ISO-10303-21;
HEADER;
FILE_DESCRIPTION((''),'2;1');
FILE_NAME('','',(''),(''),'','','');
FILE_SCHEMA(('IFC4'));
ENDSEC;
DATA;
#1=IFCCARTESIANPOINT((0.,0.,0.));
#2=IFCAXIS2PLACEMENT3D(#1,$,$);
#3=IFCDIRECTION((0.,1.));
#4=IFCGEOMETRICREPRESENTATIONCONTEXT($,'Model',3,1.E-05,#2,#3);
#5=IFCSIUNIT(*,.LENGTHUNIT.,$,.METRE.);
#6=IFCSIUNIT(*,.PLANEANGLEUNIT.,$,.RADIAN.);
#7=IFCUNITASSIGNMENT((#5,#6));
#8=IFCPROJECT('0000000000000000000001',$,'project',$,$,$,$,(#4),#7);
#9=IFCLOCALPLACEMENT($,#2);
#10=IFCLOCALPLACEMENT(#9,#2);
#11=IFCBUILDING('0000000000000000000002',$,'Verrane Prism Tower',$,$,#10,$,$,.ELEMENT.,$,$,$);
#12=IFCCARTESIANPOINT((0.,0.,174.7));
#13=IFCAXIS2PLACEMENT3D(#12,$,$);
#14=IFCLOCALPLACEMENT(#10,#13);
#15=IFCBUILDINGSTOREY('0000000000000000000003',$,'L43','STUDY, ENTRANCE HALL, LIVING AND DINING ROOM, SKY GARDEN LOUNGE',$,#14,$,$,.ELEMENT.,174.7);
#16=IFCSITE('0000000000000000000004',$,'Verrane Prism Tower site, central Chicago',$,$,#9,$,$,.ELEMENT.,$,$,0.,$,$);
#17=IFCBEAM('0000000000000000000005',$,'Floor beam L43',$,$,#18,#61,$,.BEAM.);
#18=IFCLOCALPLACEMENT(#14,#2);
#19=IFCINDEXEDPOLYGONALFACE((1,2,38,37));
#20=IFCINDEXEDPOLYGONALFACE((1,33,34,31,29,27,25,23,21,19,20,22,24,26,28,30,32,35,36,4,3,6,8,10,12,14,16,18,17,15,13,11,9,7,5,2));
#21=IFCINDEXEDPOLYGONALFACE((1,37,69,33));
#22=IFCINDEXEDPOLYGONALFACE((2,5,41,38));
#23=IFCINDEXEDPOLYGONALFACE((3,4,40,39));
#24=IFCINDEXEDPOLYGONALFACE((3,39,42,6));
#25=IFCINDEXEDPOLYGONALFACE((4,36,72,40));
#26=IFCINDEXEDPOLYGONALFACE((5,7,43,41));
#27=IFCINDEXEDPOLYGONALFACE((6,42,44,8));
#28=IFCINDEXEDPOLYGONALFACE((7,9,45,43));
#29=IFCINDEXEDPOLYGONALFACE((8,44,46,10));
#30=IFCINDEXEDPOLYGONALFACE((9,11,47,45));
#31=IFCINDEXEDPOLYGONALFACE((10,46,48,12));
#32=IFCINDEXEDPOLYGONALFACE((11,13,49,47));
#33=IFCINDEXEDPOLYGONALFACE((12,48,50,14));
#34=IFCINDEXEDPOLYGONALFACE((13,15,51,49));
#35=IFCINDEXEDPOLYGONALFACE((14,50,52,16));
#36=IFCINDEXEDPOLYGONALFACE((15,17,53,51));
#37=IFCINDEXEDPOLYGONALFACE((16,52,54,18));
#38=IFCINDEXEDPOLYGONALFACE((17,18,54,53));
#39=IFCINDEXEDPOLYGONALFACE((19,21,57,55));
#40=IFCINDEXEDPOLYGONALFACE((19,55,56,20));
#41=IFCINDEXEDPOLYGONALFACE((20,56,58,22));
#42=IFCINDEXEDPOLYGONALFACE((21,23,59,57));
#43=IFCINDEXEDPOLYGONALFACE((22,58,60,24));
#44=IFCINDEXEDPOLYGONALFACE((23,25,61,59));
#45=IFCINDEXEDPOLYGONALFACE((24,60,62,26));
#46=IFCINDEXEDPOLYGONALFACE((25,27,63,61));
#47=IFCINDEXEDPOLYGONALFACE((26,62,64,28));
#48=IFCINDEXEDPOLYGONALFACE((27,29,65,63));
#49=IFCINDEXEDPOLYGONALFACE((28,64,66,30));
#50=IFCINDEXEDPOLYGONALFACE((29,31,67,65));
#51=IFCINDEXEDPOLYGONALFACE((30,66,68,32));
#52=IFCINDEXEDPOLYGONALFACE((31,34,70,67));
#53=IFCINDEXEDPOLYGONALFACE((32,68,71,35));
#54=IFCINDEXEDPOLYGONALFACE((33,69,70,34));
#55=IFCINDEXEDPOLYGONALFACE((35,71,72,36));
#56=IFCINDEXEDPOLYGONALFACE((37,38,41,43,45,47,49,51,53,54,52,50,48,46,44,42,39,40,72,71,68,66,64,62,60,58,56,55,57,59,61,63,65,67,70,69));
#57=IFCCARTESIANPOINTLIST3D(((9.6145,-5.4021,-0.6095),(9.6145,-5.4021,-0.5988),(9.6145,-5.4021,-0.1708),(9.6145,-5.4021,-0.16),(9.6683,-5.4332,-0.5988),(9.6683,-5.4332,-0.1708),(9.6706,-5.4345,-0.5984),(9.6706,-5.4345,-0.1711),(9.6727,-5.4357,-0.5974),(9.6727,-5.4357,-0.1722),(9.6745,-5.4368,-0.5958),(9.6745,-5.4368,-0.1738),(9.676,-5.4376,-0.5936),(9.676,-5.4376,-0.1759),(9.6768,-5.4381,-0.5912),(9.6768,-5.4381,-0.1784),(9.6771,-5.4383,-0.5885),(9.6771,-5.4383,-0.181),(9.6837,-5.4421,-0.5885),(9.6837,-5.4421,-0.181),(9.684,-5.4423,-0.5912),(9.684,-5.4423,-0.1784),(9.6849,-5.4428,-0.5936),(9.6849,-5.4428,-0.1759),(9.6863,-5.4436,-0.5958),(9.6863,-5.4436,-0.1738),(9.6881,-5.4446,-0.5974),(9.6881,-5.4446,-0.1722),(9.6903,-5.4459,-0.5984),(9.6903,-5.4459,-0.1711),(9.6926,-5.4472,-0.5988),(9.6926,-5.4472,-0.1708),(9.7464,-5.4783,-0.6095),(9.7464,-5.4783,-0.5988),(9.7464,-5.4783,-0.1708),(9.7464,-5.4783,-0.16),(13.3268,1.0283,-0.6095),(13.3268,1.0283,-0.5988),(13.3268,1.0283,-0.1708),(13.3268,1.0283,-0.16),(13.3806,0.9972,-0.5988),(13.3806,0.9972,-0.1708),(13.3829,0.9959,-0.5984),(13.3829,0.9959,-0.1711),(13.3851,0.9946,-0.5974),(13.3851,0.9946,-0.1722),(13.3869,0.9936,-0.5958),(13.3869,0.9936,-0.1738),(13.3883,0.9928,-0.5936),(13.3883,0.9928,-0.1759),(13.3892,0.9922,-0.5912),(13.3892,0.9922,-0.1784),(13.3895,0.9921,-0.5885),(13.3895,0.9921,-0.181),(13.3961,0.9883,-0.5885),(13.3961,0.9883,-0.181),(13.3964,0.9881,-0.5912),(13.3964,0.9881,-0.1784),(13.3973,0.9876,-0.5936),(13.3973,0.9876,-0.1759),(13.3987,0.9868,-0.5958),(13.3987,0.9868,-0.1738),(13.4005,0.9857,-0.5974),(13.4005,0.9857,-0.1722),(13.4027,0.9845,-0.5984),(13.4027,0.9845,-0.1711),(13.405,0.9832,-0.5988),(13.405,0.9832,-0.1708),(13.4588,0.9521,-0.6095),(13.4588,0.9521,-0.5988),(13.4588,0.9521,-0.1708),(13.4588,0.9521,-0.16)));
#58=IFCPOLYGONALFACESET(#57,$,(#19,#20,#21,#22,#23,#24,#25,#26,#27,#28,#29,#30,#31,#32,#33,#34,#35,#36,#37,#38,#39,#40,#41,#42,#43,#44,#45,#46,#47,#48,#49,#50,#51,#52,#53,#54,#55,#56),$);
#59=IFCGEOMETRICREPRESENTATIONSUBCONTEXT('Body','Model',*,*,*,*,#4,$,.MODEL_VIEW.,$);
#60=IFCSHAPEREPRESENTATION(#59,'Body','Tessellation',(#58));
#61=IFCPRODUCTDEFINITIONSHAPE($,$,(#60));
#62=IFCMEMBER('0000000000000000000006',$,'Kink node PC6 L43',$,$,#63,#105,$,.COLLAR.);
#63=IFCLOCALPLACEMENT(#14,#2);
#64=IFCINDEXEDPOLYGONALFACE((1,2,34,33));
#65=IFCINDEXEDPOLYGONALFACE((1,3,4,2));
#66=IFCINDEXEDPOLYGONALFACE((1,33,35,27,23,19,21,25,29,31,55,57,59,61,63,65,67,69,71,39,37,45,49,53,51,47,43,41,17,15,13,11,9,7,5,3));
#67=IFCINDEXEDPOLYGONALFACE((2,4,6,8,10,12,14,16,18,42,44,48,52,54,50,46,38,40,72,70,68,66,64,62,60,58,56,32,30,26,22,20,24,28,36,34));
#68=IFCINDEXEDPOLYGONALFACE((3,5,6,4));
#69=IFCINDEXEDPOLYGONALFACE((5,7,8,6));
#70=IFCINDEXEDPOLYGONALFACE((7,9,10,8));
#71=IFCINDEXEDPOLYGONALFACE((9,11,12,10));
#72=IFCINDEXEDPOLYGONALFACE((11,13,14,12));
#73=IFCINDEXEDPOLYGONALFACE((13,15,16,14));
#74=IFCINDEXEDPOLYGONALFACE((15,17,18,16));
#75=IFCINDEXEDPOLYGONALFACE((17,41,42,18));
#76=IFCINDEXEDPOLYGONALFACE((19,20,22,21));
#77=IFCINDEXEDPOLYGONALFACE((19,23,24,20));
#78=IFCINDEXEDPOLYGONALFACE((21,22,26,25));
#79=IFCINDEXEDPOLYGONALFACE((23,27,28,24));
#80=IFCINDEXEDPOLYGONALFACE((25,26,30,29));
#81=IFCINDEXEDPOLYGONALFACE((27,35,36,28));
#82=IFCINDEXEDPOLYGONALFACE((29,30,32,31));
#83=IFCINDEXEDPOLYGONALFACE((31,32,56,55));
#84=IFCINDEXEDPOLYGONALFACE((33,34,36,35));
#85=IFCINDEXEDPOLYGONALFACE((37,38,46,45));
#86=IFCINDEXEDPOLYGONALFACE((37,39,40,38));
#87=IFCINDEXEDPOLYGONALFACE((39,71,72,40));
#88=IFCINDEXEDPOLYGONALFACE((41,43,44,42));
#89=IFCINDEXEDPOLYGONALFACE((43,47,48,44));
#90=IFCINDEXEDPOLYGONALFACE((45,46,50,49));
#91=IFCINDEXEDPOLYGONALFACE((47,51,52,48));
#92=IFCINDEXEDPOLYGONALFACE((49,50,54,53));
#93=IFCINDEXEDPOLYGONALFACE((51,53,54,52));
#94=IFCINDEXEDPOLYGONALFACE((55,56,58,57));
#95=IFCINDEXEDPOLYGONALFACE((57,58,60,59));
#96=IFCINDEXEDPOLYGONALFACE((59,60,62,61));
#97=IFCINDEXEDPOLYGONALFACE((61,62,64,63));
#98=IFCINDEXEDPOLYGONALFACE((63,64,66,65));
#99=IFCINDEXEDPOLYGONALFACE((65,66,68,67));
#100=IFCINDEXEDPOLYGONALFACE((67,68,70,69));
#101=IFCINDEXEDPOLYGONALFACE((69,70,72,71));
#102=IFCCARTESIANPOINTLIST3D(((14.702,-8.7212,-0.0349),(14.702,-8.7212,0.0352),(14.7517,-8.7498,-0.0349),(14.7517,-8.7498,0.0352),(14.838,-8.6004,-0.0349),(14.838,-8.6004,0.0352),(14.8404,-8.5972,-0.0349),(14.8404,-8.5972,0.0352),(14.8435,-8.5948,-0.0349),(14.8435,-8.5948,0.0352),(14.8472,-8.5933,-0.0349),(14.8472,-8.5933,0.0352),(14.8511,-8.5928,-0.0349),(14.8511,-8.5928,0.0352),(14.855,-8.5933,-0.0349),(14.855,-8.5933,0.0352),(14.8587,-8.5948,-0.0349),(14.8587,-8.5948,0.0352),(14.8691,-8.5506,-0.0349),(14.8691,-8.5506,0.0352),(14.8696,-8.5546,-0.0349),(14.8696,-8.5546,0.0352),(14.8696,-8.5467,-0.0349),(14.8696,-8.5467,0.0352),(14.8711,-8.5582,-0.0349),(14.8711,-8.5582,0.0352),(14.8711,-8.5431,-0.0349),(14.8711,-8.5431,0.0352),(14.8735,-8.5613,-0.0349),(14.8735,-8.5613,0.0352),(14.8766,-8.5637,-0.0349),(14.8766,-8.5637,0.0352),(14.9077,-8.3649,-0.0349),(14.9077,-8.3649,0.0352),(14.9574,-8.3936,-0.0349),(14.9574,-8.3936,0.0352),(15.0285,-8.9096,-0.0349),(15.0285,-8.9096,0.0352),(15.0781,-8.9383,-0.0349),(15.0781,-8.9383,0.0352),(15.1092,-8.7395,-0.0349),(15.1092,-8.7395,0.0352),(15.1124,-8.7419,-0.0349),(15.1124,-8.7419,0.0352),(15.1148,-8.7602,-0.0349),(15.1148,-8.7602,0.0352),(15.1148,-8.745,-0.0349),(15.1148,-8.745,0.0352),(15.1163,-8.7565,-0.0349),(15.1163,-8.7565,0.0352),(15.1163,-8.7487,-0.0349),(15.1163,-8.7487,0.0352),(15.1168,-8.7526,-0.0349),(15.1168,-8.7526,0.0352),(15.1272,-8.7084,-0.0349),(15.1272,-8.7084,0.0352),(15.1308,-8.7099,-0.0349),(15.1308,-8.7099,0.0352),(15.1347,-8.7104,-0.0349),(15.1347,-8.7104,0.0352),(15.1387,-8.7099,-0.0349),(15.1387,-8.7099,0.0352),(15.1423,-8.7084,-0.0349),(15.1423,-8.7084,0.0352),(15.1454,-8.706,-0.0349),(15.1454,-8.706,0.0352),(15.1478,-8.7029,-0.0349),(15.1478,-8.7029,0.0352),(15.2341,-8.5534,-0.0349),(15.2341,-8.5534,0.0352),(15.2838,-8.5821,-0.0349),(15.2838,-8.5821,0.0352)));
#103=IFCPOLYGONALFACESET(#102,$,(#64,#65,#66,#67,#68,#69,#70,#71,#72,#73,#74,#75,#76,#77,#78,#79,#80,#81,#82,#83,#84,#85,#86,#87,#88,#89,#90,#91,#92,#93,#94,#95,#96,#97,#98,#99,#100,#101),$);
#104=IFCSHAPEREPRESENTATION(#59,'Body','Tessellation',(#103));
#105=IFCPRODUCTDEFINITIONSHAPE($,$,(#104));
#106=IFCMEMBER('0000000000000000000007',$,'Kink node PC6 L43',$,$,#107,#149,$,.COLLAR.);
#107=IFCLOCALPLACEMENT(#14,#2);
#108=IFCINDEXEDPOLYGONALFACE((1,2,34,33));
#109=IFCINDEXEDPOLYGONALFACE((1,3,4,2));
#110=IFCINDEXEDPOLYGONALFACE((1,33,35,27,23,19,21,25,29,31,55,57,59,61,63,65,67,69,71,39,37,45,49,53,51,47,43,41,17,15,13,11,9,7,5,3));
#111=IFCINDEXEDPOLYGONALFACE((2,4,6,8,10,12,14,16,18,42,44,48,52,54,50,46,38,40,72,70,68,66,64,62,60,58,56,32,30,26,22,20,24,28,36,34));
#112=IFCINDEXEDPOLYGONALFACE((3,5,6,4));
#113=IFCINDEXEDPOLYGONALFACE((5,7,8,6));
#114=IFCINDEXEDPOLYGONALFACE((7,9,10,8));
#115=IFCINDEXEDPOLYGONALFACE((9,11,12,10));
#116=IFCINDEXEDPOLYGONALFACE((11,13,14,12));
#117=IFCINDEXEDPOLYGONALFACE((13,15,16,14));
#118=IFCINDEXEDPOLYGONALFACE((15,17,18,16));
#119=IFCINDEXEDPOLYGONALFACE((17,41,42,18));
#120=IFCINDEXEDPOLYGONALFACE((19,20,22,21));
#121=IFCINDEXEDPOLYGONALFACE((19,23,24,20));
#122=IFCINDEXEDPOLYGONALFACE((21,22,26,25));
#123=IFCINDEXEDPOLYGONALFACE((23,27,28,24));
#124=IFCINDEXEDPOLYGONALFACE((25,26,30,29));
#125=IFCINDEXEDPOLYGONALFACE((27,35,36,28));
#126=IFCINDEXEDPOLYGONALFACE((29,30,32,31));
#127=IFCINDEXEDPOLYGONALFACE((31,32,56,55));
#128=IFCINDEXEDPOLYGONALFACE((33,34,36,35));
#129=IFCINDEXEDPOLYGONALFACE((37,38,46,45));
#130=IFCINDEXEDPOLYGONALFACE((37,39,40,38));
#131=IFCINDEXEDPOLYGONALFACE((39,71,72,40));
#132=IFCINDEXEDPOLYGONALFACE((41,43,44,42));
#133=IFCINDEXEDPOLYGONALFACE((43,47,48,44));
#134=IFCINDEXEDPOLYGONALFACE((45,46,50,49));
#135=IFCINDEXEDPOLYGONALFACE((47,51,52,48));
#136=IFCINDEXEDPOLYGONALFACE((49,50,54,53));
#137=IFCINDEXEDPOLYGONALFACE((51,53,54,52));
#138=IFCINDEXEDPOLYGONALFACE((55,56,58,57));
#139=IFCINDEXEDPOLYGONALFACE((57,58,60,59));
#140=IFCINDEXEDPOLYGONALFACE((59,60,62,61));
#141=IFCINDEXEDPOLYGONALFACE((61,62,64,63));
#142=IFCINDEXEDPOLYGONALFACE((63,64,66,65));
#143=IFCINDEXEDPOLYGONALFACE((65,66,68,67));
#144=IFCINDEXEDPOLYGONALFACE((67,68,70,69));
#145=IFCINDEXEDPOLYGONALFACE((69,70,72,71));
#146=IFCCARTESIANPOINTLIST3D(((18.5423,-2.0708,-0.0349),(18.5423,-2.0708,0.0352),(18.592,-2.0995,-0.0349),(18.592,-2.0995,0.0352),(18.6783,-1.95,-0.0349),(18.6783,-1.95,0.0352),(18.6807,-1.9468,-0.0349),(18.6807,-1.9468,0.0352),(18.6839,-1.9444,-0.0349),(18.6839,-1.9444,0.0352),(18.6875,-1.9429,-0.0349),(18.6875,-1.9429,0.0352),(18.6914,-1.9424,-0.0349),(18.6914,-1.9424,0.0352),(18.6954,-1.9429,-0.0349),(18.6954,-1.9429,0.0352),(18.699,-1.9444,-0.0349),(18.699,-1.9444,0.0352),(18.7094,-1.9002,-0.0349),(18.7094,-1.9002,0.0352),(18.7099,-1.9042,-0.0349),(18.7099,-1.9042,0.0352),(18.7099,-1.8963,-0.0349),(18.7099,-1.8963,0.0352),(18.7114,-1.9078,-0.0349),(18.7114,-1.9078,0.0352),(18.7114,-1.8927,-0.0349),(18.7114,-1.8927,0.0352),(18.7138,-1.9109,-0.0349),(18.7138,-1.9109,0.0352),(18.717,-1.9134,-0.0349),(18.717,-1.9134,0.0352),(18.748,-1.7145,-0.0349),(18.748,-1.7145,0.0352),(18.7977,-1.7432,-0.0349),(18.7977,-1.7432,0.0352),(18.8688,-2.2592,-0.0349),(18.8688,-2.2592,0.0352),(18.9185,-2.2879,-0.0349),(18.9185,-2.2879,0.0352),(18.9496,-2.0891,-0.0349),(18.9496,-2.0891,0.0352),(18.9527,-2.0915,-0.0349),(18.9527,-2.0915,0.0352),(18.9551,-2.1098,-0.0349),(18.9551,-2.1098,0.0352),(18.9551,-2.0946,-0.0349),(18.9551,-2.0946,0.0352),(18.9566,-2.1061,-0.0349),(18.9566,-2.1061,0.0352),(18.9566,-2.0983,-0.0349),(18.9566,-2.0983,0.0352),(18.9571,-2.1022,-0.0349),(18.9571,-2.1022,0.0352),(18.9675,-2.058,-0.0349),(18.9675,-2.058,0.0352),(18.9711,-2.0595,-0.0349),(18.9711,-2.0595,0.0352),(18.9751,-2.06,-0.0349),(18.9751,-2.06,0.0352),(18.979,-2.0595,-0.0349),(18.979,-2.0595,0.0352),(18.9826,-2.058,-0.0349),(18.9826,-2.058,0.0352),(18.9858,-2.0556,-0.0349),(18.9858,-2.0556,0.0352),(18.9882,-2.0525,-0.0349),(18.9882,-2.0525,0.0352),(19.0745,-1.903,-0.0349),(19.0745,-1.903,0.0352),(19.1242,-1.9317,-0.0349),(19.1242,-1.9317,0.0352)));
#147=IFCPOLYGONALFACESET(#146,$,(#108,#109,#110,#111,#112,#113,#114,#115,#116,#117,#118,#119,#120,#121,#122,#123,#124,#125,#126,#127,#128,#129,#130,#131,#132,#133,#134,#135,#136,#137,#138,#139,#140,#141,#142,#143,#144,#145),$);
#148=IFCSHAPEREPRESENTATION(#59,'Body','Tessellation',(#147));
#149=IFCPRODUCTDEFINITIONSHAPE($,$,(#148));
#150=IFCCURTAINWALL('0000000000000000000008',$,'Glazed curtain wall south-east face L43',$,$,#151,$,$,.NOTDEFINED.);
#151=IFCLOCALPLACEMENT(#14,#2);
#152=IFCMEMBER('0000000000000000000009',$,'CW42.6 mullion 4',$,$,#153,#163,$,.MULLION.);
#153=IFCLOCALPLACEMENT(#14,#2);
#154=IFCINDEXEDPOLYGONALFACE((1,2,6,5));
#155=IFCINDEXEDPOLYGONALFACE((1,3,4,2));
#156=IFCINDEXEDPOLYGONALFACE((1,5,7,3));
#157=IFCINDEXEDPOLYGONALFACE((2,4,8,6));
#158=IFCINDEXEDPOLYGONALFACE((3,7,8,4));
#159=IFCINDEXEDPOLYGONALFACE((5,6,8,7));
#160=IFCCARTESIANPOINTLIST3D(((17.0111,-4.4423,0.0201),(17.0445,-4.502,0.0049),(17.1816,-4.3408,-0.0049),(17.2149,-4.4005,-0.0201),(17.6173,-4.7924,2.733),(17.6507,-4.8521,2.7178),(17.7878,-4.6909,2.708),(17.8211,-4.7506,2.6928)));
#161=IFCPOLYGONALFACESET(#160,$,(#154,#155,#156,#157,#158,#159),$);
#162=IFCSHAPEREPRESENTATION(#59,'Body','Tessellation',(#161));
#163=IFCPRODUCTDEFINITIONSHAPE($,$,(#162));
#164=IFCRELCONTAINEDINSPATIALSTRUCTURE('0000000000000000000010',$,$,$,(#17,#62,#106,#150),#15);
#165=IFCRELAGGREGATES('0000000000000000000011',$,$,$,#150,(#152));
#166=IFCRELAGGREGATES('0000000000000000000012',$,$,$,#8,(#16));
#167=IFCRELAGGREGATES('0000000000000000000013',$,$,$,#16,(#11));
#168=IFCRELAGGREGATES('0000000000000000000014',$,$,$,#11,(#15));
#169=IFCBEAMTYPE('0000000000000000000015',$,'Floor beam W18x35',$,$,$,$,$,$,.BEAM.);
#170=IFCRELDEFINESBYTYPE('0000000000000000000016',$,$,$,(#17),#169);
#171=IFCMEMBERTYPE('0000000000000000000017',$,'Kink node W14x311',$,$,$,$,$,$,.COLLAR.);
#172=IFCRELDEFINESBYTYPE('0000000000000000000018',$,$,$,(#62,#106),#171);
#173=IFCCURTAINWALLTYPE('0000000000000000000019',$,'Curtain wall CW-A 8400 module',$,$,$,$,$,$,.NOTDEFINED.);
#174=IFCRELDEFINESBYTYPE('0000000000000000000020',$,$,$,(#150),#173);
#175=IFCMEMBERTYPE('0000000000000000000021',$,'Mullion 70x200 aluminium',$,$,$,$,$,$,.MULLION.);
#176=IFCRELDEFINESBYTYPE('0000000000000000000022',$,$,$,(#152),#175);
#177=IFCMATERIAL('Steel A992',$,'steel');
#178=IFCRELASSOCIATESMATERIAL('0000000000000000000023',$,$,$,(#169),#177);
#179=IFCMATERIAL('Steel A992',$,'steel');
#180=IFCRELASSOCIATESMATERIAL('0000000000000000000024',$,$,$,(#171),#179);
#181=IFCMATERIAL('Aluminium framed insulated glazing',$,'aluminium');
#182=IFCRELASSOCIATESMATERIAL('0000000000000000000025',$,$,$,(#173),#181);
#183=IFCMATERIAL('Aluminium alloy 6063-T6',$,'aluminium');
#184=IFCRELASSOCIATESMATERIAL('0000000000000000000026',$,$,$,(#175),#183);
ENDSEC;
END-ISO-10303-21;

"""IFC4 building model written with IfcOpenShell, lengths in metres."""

from ifc_helpers import new_model, si_unit, direction, frame, origin, origin_2d, place, context, subcontext, project, spatial, rectangle, i_section, extrude, material, material_profile, profile_set, type_object, element, aggregate, save


model = new_model("IFC4")

# Units and contexts
model_context = context("Model", 3, precision=1e-05, world=origin(), true_north=direction((0.0, 1.0)))
body_context = subcontext(model_context, "Body", "Model", "MODEL_VIEW")
ifc_project = project(units=[si_unit("LENGTHUNIT", "METRE"), si_unit("PLANEANGLEUNIT", "RADIAN")], contexts=[model_context])

# Site, building, storey
site_placement = place(None, origin())
site = spatial("IfcSite", under=ifc_project, at=site_placement, Name="Verrane Prism Tower site, central Chicago", CompositionType="ELEMENT", RefElevation=0.0)
building_placement = place(site_placement, origin())
building = spatial("IfcBuilding", under=site, at=building_placement, Name="Verrane Prism Tower", CompositionType="ELEMENT")
storey_placement = place(building_placement, frame((0.0, 0.0, 174.7)))
storey = spatial("IfcBuildingStorey", under=building, at=storey_placement, Name="L43", Description="STUDY, ENTRANCE HALL, LIVING AND DINING ROOM, SKY GARDEN LOUNGE", CompositionType="ELEMENT", Elevation=174.7)

# Beam
ifc_material_1 = material(Name="Steel A992", Category="steel")
ifc_material_profile_1 = material_profile(ifc_material_1, i_section(OverallWidth=0.1523, OverallDepth=0.4495, WebThickness=0.0076, FlangeThickness=0.0107, FilletRadius=0.0103, at=origin_2d()), Name="W18x35")
ifc_profile_set_1 = profile_set([ifc_material_profile_1], Name="Steel A992")
beam_type_1 = type_object("IfcBeamType", Name="Floor beam W18x35", PredefinedType="BEAM", material=ifc_profile_set_1)
for number, where, z_axis, x_axis, name in (
    (1, (9.6804, -5.4402, -0.3848), (0.49998, 0.866037, 0.0), (-0.866037, 0.49998, 0.0), "Floor beam L43"),
):
    element("IfcBeam", number, at=place(storey_placement, frame(where, z_axis=z_axis, x_axis=x_axis)), inside=storey, type_object=beam_type_1, Name=name, PredefinedType="BEAM", context=body_context, shape_type="SweptSolid", body=[
        extrude(i_section(OverallWidth=0.1523, OverallDepth=0.4495, WebThickness=0.0076, FlangeThickness=0.0107, FilletRadius=0.0103, at=origin_2d()), origin(), (0.0, 0.0, 1.0), 7.425),
    ])

# Members
ifc_material_2 = material(Name="Steel A992", Category="steel")
ifc_material_profile_2 = material_profile(ifc_material_2, i_section(OverallWidth=0.4114, OverallDepth=0.4343, WebThickness=0.0359, FlangeThickness=0.0574, FilletRadius=0.0151, at=origin_2d()), Name="W14x311")
ifc_profile_set_2 = profile_set([ifc_material_profile_2], Name="Steel A992")
member_type_1 = type_object("IfcMemberType", Name="Kink node W14x311", PredefinedType="COLLAR", material=ifc_profile_set_2)
for number, where, z_axis, x_axis, name in (
    (2, (14.9929, -8.6516, -0.0349), (0.0, 0.0, 1.0), (-0.5, -0.866025, 0.0), "Kink node PC6 L43"),
    (3, (18.8333, -2.0012, -0.0349), (0.0, 0.0, 1.0), (-0.5, -0.866025, 0.0), "Kink node PC6 L43"),
):
    element("IfcMember", number, at=place(storey_placement, frame(where, z_axis=z_axis, x_axis=x_axis)), inside=storey, type_object=member_type_1, Name=name, PredefinedType="COLLAR", context=body_context, shape_type="SweptSolid", body=[
        extrude(i_section(OverallWidth=0.4114, OverallDepth=0.4343, WebThickness=0.0359, FlangeThickness=0.0574, FilletRadius=0.0151, at=origin_2d()), origin(), (0.0, 0.0, 1.0), 0.0701),
    ])

# Curtain wall, member
ifc_material_3 = material(Name="Aluminium framed insulated glazing", Category="aluminium")
curtain_wall_type = type_object("IfcCurtainWallType", Name="Curtain wall CW-A 8400 module", PredefinedType="NOTDEFINED", material=ifc_material_3)
curtain_wall_placement = place(storey_placement, origin())
curtain_wall = element("IfcCurtainWall", 4, at=curtain_wall_placement, inside=storey, type_object=curtain_wall_type, Name="Glazed curtain wall south-east face L43", PredefinedType="NOTDEFINED")
ifc_material_4 = material(Name="Aluminium alloy 6063-T6", Category="aluminium")
ifc_material_profile_3 = material_profile(ifc_material_4, rectangle(XDim=0.2, YDim=0.0701, at=origin_2d()), Name="Mullion 70x200 aluminium")
ifc_profile_set_3 = profile_set([ifc_material_profile_3], Name="Aluminium alloy 6063-T6")
member_type_2 = type_object("IfcMemberType", Name="Mullion 70x200 aluminium", PredefinedType="MULLION", material=ifc_profile_set_3)
member_1_placement = place(storey_placement, frame((17.113, -4.4214, 0.0), z_axis=(0.216365, -0.124957, 0.968283), x_axis=(-0.852358, -0.507818, 0.124928)))
member_1 = element("IfcMember", 5, at=member_1_placement, type_object=member_type_2, Name="CW42.6 mullion 4", PredefinedType="MULLION", context=body_context, shape_type="SweptSolid", body=[
    extrude(rectangle(XDim=0.2, YDim=0.0701, at=origin_2d()), origin(), (0.0, 0.0, 1.0), 2.8018),
])

aggregate(curtain_wall, [member_1])

save(model, "model.ifc")
